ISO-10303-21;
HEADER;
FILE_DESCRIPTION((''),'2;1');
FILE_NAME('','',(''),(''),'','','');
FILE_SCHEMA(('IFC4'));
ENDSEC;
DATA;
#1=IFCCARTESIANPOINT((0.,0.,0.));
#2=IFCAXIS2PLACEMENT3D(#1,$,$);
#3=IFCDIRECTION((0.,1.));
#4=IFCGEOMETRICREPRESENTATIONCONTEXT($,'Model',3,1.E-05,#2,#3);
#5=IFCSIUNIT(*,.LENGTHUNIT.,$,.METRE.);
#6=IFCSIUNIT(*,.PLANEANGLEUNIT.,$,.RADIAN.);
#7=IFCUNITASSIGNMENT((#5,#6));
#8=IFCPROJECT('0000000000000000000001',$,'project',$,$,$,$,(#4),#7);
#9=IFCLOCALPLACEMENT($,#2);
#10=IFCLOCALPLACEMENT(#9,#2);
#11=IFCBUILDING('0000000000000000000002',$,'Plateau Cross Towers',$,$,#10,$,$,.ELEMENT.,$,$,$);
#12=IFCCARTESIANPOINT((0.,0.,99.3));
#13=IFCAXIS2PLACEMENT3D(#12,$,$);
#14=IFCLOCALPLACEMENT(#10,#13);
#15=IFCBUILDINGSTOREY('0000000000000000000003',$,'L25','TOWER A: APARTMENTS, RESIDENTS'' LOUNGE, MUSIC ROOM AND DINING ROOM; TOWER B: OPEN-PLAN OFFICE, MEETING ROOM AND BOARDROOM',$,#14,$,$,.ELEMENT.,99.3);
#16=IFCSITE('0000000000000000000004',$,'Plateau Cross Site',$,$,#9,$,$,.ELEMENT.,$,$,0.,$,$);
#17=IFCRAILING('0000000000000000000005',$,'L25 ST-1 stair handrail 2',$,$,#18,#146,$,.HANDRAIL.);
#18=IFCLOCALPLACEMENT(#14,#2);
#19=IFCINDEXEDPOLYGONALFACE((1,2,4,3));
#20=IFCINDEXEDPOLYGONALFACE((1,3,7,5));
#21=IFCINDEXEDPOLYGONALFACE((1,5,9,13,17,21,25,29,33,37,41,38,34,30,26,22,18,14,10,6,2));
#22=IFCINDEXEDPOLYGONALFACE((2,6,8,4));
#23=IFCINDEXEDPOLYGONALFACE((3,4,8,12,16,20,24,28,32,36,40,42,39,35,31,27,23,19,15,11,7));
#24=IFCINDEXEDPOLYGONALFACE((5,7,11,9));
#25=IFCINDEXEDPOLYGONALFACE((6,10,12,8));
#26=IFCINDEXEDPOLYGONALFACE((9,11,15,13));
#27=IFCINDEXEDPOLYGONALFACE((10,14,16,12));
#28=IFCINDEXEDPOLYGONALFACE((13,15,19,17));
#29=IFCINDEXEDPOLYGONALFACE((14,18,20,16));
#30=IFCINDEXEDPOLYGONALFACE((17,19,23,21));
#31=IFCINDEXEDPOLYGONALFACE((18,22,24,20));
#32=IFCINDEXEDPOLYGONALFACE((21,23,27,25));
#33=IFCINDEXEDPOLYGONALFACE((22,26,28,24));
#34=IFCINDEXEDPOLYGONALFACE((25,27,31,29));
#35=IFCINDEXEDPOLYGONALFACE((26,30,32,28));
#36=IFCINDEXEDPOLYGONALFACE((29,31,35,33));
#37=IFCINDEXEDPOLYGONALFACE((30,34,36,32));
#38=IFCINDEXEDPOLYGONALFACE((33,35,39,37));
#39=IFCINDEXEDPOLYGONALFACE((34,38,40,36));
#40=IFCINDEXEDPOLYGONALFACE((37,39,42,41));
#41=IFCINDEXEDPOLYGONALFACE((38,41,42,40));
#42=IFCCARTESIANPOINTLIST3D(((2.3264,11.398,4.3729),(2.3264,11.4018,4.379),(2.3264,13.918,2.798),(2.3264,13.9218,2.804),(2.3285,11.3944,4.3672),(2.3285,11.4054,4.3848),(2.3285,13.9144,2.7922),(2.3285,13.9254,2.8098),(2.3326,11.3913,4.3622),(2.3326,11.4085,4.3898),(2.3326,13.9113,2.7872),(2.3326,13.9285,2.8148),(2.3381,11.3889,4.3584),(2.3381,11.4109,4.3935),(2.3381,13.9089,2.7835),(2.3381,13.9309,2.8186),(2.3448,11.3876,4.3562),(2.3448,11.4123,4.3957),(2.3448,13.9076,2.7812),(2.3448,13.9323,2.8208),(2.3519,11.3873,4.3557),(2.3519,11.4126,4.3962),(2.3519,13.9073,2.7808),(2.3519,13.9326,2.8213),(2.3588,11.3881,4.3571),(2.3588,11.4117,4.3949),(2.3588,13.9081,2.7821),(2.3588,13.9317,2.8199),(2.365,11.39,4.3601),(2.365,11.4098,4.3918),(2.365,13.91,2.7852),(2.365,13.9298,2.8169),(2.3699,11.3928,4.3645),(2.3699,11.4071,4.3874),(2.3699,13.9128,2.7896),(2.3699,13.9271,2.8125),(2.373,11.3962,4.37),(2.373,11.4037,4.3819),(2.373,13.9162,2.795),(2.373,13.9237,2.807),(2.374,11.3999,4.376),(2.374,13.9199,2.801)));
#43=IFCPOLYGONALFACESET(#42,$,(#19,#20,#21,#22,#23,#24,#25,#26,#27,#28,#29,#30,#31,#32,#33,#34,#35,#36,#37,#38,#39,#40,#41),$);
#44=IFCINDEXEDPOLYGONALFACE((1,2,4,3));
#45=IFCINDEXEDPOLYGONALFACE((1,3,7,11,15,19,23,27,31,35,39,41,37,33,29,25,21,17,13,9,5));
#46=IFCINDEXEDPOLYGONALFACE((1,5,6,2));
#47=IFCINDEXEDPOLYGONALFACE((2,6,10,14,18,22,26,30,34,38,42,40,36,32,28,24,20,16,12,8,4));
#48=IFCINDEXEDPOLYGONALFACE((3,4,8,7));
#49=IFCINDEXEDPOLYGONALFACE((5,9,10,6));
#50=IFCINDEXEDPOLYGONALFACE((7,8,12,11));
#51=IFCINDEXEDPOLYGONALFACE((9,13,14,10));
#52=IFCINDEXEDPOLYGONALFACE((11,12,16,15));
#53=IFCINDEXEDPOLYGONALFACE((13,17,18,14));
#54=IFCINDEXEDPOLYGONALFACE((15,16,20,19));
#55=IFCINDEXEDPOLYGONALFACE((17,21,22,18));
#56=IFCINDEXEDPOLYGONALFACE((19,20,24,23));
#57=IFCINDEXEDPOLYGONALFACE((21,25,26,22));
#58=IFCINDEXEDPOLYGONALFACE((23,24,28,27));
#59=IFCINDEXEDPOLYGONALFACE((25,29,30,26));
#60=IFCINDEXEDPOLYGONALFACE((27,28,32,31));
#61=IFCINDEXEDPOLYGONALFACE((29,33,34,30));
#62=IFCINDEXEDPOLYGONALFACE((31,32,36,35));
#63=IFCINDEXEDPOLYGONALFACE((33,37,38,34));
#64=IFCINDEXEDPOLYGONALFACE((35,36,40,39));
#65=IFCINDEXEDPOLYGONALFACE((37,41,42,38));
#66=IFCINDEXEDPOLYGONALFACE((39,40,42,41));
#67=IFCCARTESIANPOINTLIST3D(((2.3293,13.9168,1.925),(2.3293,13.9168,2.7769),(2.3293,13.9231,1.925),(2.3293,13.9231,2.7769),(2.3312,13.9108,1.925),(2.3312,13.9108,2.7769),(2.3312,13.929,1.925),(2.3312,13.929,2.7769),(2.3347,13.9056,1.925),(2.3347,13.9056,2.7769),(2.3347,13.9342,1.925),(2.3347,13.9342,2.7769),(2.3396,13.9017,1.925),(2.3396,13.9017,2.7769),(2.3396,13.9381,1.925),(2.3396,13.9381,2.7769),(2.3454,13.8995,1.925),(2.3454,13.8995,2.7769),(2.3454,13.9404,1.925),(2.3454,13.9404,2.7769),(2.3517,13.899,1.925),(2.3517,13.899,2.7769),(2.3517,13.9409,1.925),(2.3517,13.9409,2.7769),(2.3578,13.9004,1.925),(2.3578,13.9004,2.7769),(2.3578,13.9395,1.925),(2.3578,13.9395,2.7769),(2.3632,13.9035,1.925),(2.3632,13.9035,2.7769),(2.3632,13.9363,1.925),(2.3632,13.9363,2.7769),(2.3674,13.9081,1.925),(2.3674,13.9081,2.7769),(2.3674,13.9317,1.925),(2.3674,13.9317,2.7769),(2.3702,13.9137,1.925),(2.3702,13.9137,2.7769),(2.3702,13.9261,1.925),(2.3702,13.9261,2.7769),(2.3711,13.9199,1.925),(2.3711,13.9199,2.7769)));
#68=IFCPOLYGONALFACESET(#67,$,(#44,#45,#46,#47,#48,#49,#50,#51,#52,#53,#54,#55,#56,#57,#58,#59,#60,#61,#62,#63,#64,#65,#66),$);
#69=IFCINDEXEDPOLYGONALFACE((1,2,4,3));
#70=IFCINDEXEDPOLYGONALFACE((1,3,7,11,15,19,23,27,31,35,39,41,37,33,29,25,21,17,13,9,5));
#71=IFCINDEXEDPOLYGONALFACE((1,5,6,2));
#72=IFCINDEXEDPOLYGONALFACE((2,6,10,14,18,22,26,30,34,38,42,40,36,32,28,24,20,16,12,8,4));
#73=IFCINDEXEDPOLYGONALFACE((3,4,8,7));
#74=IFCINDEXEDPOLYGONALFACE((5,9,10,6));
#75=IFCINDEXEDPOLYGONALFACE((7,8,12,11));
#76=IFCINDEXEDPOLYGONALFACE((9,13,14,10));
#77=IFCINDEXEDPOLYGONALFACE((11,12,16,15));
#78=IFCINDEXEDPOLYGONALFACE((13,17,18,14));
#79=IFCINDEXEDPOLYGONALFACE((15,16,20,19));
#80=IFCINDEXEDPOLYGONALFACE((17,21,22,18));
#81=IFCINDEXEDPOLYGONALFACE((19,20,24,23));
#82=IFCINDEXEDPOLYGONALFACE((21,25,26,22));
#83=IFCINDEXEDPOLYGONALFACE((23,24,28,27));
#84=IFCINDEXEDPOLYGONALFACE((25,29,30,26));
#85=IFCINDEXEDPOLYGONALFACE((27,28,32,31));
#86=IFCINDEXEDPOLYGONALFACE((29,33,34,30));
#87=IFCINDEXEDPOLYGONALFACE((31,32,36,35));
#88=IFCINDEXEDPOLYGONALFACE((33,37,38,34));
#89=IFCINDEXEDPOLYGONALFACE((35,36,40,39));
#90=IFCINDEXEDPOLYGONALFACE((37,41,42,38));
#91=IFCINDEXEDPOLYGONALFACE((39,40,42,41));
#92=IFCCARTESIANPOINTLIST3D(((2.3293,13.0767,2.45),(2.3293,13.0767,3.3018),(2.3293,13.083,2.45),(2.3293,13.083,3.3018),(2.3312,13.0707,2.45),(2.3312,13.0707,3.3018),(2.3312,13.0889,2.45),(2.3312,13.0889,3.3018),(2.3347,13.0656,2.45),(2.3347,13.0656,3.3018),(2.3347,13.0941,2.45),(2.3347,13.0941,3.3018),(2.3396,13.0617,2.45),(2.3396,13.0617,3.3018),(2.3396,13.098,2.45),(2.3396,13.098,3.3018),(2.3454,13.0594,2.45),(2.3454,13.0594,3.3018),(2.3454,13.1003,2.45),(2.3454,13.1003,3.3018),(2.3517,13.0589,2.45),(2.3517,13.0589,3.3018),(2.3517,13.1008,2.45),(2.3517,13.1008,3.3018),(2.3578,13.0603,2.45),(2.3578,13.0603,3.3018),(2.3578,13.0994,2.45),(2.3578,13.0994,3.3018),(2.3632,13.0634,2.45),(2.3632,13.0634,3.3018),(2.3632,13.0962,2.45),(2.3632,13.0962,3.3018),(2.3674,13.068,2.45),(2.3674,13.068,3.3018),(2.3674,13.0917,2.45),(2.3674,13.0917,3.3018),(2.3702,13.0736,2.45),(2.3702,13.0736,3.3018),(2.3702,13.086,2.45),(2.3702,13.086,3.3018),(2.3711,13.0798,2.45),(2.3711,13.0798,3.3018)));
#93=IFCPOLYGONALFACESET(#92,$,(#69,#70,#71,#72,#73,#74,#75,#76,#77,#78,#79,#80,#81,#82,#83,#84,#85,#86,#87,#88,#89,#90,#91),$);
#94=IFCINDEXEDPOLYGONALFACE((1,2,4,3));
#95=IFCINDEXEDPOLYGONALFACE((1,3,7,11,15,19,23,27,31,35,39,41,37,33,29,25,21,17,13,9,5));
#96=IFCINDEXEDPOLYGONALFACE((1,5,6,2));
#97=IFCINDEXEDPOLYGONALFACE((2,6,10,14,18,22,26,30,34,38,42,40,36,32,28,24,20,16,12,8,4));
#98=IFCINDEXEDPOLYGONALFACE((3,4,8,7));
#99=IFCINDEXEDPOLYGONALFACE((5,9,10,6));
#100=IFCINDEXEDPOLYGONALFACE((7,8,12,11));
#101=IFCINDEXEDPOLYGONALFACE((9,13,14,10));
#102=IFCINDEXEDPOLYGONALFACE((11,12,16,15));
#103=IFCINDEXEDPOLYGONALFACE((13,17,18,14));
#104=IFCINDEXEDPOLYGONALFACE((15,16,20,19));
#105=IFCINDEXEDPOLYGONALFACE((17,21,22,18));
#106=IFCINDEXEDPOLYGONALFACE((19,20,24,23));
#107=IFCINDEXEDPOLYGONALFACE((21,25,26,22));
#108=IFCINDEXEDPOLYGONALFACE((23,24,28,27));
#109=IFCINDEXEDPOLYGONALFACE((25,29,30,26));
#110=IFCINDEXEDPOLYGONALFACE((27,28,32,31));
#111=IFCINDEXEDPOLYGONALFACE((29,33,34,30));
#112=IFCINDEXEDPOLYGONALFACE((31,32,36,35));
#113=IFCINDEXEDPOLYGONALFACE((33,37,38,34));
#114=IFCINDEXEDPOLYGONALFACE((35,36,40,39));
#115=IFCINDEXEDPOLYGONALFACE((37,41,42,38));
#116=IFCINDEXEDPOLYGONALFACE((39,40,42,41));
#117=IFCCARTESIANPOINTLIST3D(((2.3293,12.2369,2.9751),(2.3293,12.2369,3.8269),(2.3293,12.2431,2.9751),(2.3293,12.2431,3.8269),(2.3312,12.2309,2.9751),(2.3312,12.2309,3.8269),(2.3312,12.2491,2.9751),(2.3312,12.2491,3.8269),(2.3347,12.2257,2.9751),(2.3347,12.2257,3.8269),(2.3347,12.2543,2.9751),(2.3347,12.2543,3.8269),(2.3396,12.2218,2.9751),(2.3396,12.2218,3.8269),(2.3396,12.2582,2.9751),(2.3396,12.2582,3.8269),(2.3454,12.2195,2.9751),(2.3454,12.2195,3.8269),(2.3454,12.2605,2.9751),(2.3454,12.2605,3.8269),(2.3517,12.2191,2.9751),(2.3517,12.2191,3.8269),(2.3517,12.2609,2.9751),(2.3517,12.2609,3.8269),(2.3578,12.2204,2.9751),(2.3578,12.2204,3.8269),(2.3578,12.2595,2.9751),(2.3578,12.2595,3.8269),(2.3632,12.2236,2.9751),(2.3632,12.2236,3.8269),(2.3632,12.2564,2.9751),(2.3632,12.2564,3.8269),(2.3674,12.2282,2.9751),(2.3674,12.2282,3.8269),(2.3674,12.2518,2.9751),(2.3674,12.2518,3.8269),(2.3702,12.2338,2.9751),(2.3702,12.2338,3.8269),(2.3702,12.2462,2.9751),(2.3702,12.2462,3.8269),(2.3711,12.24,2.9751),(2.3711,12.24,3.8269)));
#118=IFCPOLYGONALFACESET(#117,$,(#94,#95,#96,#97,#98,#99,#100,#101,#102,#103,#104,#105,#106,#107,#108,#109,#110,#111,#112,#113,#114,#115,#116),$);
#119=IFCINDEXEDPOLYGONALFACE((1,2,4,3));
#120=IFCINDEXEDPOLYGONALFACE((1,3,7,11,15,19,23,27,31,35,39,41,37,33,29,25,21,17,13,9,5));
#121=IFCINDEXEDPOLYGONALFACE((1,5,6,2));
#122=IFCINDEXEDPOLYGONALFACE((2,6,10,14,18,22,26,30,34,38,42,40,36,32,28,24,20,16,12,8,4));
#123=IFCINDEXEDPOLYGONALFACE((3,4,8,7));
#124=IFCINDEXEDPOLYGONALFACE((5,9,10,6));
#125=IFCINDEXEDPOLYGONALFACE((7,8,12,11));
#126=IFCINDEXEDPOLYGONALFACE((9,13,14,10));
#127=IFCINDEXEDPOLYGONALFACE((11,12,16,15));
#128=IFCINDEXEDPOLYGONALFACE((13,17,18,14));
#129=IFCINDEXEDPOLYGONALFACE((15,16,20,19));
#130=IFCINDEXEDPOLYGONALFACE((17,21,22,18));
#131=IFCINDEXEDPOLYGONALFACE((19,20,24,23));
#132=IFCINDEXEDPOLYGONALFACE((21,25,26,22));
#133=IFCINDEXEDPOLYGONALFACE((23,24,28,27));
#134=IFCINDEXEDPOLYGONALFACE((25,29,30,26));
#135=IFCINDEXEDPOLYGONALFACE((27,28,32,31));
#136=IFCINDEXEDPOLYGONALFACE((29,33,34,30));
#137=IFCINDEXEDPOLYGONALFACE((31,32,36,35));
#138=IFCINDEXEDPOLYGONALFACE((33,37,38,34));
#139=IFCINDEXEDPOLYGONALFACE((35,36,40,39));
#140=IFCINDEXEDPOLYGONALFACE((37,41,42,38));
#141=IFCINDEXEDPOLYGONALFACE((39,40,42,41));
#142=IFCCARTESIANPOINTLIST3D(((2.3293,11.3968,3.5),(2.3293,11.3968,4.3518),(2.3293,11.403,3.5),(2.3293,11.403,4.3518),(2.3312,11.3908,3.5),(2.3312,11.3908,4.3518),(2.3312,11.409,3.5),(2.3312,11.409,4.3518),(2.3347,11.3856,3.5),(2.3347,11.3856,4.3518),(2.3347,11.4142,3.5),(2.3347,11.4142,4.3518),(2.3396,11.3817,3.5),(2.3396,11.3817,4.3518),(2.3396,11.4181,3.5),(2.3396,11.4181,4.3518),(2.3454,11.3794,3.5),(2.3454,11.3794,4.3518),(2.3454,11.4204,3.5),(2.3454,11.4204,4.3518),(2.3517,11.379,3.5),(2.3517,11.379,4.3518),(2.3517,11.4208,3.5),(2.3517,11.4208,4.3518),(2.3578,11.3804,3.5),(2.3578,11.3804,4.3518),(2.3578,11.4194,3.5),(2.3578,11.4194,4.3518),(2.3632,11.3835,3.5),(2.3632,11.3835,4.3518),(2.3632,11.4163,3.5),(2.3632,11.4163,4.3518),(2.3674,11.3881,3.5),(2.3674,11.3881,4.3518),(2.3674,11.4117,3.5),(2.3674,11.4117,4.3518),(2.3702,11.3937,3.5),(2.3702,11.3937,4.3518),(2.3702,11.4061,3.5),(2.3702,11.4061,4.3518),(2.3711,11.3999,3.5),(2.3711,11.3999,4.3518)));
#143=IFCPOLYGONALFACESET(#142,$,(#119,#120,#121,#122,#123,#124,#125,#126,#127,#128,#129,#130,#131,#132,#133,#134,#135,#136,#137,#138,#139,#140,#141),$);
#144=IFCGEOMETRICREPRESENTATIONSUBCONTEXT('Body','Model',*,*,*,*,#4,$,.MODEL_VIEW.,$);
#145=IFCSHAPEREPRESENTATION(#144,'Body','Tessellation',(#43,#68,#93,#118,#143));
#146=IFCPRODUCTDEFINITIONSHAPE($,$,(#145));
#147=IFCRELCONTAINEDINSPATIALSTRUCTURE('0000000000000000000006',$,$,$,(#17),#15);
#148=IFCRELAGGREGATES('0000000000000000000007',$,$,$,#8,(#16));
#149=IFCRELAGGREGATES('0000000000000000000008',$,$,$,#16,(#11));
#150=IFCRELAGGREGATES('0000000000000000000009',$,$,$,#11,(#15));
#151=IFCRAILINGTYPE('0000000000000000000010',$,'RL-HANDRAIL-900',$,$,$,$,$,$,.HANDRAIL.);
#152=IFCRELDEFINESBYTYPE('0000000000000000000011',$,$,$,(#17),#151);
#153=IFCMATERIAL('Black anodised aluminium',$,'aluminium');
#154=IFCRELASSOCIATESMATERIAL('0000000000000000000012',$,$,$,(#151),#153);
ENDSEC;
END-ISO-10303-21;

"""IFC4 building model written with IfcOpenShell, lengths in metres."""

from ifc_helpers import new_model, si_unit, direction, frame, origin, origin_2d, place, context, subcontext, project, spatial, circle, extrude, material, type_object, element, save


model = new_model("IFC4")

# Units and contexts
model_context = context("Model", 3, precision=1e-05, world=origin(), true_north=direction((0.0, 1.0)))
body_context = subcontext(model_context, "Body", "Model", "MODEL_VIEW")
ifc_project = project(units=[si_unit("LENGTHUNIT", "METRE"), si_unit("PLANEANGLEUNIT", "RADIAN")], contexts=[model_context])

# Site, building, storey
site_placement = place(None, origin())
site = spatial("IfcSite", under=ifc_project, at=site_placement, Name="Plateau Cross Site", CompositionType="ELEMENT", RefElevation=0.0)
building_placement = place(site_placement, origin())
building = spatial("IfcBuilding", under=site, at=building_placement, Name="Plateau Cross Towers", CompositionType="ELEMENT")
storey_placement = place(building_placement, frame((0.0, 0.0, 99.3)))
storey = spatial("IfcBuildingStorey", under=building, at=storey_placement, Name="L25", Description="TOWER A: APARTMENTS, RESIDENTS' LOUNGE, MUSIC ROOM AND DINING ROOM; TOWER B: OPEN-PLAN OFFICE, MEETING ROOM AND BOARDROOM", CompositionType="ELEMENT", Elevation=99.3)

# Shared definitions
ifc_material_1 = material(Name="Black anodised aluminium", Category="aluminium")

# Railing
railing_type_1 = type_object("IfcRailingType", Name="RL-HANDRAIL-900", PredefinedType="HANDRAIL", material=ifc_material_1)
railing_1_placement = place(storey_placement, frame((2.3501, 13.9199, 1.925)))
element("IfcRailing", 1, at=railing_1_placement, inside=storey, type_object=railing_type_1, Name="L25 ST-1 stair handrail 2", PredefinedType="HANDRAIL", context=body_context, shape_type="SweptSolid", body=[
    extrude(circle(Radius=0.0239, at=origin_2d()), frame((0.0, 0.0, 0.876), z_axis=(0.0, -0.848008, 0.529984), x_axis=(1.0, 0.0, 0.0)), (0.0, 0.0, 1.0), 2.9717),
    extrude(circle(Radius=0.021, at=origin_2d()), origin(), (0.0, 0.0, 1.0), 0.8518),
    extrude(circle(Radius=0.021, at=origin_2d()), frame((0.0, -0.8401, 0.5249)), (0.0, 0.0, 1.0), 0.8518),
    extrude(circle(Radius=0.021, at=origin_2d()), frame((0.0, -1.6799, 1.05)), (0.0, 0.0, 1.0), 0.8518),
    extrude(circle(Radius=0.021, at=origin_2d()), frame((0.0, -2.52, 1.575)), (0.0, 0.0, 1.0), 0.8518),
])

save(model, "model.ifc")
